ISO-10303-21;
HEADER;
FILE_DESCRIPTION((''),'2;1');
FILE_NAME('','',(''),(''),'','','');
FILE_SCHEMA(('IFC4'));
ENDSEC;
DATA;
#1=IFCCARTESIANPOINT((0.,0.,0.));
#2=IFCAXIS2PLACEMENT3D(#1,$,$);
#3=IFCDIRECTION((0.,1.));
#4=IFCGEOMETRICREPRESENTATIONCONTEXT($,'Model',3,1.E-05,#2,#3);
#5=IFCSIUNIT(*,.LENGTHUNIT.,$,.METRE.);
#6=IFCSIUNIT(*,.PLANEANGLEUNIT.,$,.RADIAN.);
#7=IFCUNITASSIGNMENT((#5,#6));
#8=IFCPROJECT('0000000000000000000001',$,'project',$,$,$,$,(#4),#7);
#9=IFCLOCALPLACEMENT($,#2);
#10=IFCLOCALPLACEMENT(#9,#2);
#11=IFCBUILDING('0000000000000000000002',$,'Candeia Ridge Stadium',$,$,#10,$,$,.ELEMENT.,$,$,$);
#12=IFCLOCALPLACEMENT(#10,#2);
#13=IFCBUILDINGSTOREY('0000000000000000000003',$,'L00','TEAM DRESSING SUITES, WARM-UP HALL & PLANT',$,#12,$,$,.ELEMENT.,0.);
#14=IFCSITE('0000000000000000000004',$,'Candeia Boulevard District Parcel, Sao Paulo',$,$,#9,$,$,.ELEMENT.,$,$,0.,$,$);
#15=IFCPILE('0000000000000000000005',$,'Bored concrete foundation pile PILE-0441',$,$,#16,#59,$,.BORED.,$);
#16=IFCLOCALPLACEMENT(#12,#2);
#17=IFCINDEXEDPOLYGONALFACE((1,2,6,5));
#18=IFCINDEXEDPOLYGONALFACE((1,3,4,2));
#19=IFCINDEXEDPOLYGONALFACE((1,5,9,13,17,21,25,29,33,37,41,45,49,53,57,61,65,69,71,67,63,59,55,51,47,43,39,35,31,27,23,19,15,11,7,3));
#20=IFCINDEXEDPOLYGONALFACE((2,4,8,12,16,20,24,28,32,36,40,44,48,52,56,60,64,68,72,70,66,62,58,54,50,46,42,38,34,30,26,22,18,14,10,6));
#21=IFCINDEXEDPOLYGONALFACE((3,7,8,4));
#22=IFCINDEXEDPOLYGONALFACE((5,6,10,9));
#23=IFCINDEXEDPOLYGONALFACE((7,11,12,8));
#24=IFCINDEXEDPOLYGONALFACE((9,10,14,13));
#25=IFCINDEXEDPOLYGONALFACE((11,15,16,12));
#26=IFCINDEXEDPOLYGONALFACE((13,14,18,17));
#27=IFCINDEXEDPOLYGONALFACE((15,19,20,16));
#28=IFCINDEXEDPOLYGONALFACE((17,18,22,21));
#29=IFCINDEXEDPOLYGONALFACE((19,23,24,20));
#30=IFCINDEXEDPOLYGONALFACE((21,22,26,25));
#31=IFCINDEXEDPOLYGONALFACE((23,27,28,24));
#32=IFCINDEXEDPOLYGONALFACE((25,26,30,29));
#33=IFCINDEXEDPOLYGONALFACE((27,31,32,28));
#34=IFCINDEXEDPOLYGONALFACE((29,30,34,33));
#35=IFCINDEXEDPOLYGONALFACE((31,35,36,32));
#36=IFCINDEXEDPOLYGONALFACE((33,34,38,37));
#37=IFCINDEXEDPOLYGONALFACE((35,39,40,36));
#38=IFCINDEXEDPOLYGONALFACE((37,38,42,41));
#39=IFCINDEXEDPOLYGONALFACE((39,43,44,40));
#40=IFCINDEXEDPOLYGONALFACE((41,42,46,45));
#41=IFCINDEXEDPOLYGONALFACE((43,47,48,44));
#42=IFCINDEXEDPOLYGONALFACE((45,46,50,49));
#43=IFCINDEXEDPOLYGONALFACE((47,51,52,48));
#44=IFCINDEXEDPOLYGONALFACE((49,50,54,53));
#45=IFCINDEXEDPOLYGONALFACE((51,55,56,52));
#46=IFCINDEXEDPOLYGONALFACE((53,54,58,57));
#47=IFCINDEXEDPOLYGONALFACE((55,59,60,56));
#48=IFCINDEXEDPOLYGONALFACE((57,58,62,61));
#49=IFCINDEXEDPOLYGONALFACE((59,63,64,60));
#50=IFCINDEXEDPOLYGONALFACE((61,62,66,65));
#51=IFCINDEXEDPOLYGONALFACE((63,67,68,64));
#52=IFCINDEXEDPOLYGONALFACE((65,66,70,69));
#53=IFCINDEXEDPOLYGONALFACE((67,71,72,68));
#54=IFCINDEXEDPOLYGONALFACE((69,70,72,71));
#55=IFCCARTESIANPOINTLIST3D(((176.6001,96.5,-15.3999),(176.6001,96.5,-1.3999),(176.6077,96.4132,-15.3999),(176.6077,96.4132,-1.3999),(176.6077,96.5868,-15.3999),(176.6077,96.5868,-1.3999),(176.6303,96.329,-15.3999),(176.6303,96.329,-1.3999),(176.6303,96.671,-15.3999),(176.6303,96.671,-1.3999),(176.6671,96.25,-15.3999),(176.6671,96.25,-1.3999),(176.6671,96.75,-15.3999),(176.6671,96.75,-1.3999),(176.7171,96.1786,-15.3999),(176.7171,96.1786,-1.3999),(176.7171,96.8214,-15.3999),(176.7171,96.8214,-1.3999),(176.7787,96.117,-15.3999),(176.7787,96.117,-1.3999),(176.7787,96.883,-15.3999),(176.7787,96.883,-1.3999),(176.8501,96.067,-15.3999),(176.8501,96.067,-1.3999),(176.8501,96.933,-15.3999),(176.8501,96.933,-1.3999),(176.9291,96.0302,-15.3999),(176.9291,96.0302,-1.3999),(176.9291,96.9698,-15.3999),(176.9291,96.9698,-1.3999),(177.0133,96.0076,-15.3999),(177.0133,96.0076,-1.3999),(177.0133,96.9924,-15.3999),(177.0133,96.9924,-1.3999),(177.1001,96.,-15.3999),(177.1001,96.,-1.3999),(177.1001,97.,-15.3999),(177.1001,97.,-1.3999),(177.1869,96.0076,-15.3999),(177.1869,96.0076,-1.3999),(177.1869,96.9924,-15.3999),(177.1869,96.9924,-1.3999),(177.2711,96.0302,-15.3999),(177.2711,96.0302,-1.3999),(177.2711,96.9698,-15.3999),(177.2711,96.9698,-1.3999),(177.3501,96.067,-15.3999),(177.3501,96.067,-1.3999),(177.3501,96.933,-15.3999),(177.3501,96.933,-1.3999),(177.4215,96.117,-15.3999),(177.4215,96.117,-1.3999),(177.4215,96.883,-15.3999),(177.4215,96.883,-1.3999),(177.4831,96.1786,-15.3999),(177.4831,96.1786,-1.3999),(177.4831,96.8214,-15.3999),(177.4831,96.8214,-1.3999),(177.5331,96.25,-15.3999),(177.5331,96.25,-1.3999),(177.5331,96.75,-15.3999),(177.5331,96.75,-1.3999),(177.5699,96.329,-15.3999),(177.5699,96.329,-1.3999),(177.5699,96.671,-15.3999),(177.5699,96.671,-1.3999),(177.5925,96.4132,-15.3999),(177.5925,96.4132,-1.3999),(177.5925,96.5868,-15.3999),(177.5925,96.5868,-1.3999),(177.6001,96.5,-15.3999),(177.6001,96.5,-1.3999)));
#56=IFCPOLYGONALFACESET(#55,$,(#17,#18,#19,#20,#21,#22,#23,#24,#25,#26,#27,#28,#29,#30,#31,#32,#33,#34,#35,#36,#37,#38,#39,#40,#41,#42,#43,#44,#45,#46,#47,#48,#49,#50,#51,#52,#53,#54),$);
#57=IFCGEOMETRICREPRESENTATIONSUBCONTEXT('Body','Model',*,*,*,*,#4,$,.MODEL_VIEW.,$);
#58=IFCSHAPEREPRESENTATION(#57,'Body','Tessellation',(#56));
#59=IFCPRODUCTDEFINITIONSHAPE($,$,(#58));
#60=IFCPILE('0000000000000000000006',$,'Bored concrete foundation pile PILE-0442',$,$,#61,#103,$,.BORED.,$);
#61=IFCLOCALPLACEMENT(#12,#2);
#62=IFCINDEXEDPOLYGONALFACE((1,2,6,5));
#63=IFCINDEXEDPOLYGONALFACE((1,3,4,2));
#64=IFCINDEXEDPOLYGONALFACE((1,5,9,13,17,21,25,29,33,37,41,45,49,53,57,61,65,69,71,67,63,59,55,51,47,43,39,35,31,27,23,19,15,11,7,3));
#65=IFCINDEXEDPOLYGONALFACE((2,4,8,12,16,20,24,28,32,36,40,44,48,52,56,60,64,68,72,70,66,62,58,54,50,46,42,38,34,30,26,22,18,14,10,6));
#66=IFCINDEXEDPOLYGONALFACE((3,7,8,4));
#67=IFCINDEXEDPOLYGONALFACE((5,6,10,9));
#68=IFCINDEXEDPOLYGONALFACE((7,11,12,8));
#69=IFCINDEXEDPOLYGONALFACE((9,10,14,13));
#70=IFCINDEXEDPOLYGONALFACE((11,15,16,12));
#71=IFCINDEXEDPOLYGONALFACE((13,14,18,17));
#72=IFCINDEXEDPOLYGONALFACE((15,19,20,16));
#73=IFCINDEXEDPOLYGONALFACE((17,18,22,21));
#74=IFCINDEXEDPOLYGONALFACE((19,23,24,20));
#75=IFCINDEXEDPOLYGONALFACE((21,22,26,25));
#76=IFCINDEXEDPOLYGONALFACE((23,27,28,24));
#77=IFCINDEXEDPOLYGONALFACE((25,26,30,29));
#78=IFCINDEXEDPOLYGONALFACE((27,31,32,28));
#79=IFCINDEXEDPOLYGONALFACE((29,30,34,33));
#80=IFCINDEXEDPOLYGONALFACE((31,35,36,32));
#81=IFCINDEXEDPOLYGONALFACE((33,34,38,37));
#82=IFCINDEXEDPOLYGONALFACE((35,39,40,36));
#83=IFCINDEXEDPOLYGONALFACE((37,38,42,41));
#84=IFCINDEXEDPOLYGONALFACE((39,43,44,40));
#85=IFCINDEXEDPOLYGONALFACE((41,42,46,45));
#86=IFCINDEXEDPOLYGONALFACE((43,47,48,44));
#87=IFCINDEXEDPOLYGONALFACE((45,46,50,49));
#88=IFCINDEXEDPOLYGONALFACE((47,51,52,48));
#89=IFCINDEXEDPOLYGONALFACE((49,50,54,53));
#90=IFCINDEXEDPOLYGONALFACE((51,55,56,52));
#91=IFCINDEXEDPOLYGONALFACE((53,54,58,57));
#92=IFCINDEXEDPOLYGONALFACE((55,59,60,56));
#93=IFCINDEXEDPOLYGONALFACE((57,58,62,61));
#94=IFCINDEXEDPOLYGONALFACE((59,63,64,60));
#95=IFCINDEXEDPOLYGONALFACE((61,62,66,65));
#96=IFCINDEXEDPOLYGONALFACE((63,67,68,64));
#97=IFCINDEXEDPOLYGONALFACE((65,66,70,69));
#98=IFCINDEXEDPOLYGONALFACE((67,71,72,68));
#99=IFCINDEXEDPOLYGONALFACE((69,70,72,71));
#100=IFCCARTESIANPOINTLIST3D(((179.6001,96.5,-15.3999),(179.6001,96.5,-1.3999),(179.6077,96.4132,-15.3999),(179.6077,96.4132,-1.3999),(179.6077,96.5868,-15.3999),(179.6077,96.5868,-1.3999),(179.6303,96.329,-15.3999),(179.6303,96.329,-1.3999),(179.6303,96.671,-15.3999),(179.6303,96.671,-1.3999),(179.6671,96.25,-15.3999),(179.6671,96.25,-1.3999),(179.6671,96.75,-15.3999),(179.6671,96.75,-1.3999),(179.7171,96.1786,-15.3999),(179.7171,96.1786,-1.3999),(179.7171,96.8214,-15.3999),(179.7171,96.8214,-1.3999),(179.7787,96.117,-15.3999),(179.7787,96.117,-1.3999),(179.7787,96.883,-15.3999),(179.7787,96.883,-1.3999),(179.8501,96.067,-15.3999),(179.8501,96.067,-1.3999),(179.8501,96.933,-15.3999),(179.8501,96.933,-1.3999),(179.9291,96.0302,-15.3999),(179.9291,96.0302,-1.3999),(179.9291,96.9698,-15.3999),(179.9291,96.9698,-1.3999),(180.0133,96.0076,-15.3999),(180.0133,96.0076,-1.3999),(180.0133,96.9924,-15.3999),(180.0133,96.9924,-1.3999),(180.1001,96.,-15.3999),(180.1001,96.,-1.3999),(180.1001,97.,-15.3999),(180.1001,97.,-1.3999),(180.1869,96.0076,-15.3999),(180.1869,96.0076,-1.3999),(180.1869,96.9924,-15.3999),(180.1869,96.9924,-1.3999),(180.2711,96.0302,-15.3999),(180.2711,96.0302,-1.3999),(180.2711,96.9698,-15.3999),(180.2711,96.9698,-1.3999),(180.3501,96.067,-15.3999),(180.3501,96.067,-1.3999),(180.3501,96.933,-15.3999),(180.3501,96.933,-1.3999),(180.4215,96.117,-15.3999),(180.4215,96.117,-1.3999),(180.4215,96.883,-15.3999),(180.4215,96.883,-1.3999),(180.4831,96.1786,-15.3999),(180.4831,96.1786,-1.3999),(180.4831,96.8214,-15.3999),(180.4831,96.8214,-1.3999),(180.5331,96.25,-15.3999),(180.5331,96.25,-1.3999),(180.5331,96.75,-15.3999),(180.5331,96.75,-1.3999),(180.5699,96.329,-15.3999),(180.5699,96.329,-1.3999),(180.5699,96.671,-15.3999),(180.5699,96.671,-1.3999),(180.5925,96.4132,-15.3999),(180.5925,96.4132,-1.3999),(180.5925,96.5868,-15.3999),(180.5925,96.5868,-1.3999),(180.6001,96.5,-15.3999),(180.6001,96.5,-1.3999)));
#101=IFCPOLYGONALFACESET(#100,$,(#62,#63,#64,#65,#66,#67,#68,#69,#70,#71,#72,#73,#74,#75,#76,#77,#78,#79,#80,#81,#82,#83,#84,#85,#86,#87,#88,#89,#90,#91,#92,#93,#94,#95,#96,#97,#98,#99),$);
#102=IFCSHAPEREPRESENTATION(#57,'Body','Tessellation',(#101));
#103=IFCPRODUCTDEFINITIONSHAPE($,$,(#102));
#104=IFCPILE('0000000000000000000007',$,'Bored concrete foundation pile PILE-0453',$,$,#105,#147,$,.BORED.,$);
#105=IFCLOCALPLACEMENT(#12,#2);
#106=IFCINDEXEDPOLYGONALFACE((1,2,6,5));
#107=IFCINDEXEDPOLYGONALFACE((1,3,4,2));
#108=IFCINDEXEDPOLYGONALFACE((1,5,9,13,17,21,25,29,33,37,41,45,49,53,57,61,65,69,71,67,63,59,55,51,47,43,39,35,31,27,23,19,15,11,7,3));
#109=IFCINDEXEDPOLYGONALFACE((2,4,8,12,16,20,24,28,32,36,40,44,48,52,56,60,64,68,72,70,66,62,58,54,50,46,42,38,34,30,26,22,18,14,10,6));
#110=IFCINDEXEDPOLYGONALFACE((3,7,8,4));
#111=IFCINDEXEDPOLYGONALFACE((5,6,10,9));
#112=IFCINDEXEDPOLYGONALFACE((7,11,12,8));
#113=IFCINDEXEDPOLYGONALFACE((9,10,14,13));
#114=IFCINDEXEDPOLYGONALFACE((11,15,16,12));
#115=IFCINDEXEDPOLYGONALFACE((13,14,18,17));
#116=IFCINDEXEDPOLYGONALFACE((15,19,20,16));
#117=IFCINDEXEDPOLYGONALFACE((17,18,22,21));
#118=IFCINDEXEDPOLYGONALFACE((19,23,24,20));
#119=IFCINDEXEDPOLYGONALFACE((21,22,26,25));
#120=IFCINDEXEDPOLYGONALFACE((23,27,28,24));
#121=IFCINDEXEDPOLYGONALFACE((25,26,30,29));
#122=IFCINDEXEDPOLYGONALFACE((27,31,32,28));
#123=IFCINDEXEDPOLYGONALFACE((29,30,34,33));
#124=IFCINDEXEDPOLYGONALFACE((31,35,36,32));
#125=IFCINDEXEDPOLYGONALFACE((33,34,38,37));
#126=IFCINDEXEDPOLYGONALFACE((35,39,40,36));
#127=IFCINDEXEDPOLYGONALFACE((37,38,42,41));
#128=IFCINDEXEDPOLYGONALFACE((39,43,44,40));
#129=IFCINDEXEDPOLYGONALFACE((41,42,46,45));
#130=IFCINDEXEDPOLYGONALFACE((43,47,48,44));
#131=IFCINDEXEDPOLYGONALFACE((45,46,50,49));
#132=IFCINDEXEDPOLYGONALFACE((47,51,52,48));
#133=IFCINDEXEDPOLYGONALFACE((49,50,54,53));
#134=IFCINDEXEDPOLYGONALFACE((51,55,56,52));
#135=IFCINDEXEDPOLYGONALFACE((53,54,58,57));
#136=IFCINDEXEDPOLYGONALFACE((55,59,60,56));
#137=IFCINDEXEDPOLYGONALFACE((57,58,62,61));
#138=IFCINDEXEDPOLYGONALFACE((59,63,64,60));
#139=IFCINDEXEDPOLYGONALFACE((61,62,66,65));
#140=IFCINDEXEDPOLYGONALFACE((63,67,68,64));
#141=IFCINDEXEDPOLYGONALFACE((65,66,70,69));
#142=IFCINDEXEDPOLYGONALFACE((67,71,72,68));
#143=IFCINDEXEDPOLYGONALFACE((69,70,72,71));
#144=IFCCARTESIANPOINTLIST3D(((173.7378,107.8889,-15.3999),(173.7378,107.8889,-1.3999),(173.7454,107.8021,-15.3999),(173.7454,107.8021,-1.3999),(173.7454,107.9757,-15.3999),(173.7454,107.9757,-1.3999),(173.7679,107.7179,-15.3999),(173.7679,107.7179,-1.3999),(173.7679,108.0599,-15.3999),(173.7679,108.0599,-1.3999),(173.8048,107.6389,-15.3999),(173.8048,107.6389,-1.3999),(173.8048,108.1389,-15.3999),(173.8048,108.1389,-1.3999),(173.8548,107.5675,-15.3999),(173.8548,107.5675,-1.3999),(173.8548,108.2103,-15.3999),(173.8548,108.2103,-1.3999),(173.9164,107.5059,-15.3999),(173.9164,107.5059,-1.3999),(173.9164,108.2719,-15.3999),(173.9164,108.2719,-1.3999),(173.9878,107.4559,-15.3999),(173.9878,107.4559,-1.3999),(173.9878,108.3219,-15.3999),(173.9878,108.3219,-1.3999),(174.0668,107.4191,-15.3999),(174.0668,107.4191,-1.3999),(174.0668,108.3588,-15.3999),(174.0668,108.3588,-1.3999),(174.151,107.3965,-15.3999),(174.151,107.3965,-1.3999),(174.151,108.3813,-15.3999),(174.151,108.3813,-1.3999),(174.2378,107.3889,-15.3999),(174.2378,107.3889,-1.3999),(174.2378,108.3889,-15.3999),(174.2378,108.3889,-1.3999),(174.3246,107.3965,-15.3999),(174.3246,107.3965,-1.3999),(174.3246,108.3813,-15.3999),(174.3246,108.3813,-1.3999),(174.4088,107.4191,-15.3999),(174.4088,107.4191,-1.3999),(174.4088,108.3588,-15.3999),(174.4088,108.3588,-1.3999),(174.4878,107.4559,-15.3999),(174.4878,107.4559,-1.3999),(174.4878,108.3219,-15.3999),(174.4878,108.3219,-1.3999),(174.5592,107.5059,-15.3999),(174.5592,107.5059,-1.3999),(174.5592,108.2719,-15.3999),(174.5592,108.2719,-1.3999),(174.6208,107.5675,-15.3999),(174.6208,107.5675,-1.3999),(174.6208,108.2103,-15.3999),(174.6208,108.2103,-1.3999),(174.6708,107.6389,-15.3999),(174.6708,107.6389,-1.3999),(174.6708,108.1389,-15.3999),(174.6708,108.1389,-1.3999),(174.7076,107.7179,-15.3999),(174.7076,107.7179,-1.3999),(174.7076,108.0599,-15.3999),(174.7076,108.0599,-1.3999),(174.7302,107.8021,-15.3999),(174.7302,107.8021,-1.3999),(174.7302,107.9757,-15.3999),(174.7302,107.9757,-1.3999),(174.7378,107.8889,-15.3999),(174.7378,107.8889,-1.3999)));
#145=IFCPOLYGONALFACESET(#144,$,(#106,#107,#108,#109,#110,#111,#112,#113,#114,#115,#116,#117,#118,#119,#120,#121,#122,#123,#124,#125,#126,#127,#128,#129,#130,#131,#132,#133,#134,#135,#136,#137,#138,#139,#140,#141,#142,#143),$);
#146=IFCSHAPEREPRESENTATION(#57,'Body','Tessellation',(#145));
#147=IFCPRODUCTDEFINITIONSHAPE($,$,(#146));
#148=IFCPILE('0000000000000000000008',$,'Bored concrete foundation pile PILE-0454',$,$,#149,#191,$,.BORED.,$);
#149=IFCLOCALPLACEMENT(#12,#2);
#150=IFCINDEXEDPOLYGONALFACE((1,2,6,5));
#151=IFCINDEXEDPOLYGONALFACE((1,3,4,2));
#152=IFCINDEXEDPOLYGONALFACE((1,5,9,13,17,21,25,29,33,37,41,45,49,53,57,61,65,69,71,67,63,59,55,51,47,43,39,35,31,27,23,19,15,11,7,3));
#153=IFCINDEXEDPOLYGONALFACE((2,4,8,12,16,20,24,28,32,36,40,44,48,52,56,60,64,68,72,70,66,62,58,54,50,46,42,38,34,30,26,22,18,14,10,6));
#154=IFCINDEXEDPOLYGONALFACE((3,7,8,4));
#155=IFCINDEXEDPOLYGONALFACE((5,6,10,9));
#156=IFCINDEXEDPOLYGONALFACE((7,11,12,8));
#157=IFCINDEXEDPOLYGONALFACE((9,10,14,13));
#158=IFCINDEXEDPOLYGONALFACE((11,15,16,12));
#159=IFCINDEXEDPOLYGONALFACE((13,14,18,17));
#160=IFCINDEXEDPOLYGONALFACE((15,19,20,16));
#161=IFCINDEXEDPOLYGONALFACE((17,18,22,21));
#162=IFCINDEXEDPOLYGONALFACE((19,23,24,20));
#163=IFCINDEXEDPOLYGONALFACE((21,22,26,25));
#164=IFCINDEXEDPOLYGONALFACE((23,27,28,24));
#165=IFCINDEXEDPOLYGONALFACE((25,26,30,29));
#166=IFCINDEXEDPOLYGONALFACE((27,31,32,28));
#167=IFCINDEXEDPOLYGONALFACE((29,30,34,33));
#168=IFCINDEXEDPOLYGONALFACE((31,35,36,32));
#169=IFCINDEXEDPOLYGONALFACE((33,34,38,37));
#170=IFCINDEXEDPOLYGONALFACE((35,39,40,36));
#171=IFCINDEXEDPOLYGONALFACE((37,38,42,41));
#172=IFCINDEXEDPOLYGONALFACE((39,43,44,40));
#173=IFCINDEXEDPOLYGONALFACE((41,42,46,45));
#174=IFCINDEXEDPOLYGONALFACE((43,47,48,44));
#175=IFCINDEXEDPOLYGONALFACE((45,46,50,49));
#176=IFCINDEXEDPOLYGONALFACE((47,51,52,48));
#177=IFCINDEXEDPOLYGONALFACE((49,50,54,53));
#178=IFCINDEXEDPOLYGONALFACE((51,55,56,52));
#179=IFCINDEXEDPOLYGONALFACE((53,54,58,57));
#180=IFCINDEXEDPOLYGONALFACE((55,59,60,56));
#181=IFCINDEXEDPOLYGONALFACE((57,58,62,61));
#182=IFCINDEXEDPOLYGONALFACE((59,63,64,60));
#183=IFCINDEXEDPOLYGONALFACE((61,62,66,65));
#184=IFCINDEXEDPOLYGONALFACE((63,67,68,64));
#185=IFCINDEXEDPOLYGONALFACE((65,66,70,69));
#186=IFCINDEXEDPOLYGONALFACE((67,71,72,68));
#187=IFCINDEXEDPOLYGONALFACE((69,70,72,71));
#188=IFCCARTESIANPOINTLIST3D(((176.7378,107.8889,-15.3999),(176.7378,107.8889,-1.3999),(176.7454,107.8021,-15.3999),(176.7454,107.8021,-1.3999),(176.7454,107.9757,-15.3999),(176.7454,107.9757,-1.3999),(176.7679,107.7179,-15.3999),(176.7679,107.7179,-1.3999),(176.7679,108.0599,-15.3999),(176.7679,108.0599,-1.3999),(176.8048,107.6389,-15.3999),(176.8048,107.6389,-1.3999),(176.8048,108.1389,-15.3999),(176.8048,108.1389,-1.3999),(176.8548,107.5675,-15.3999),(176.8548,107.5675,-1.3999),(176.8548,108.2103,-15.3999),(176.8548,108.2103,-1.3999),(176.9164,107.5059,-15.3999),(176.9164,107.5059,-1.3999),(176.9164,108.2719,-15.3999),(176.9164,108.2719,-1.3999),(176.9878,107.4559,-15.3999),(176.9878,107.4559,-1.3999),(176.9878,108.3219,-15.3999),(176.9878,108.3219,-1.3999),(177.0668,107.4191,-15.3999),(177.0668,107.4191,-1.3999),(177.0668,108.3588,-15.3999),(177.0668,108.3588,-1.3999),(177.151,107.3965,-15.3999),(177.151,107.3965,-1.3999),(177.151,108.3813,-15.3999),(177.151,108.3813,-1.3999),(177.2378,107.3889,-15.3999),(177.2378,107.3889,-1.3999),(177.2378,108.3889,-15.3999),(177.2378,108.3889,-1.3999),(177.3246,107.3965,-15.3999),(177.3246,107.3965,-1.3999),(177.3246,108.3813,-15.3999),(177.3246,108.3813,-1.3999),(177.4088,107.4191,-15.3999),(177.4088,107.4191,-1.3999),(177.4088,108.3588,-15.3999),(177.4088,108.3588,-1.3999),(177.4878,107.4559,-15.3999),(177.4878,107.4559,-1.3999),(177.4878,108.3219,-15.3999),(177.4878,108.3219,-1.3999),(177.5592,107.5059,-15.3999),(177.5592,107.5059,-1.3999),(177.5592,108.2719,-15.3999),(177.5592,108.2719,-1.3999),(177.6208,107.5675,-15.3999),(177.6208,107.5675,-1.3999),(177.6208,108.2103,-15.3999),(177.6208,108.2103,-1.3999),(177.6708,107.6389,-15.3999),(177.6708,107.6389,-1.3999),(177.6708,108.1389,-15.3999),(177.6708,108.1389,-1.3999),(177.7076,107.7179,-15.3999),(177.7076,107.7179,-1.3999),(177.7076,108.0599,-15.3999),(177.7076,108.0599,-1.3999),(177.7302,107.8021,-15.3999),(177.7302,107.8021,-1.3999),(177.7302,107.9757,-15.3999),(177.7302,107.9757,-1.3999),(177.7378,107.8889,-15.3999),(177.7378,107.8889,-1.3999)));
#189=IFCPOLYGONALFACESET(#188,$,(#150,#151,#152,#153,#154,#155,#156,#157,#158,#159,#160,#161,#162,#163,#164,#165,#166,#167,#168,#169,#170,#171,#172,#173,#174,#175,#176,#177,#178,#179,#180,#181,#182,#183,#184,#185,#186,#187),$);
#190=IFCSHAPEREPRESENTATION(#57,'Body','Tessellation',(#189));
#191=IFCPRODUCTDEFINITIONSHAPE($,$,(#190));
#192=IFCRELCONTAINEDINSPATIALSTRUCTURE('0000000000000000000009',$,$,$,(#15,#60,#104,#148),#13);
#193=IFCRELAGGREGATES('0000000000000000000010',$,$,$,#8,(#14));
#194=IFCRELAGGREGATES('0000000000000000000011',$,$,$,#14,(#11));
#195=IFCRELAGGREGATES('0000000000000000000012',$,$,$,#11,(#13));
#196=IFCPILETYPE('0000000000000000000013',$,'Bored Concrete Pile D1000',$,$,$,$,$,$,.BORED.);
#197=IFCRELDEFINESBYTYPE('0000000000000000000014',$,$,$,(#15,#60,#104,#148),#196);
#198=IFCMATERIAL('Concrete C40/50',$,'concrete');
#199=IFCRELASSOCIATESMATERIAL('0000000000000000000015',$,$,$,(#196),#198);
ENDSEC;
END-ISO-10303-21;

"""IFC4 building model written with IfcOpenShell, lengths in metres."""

from ifc_helpers import new_model, si_unit, direction, frame, origin, origin_2d, place, context, subcontext, project, spatial, circle, extrude, material, material_profile, profile_set, type_object, element, save


model = new_model("IFC4")

# Units and contexts
model_context = context("Model", 3, precision=1e-05, world=origin(), true_north=direction((0.0, 1.0)))
body_context = subcontext(model_context, "Body", "Model", "MODEL_VIEW")
ifc_project = project(units=[si_unit("LENGTHUNIT", "METRE"), si_unit("PLANEANGLEUNIT", "RADIAN")], contexts=[model_context])

# Site, building, storey
site_placement = place(None, origin())
site = spatial("IfcSite", under=ifc_project, at=site_placement, Name="Candeia Boulevard District Parcel, Sao Paulo", CompositionType="ELEMENT", RefElevation=0.0)
building_placement = place(site_placement, origin())
building = spatial("IfcBuilding", under=site, at=building_placement, Name="Candeia Ridge Stadium", CompositionType="ELEMENT")
storey_placement = place(building_placement, origin())
storey = spatial("IfcBuildingStorey", under=building, at=storey_placement, Name="L00", Description="TEAM DRESSING SUITES, WARM-UP HALL & PLANT", CompositionType="ELEMENT", Elevation=0.0)

# Piles
ifc_material_1 = material(Name="Concrete C40/50", Category="concrete")
ifc_material_profile_1 = material_profile(ifc_material_1, circle(Radius=0.5, at=origin_2d()), Name="PILE-D1000", Category="concrete")
ifc_profile_set_1 = profile_set([ifc_material_profile_1], Name="Concrete C40/50")
pile_type_1 = type_object("IfcPileType", Name="Bored Concrete Pile D1000", PredefinedType="BORED", material=ifc_profile_set_1)
for number, where, z_axis, x_axis, name in (
    (1, (177.1001, 96.5, -1.3999), (0.0, 0.0, -1.0), (1.0, 0.0, 0.0), "Bored concrete foundation pile PILE-0441"),
    (2, (180.1001, 96.5, -1.3999), (0.0, 0.0, -1.0), (1.0, 0.0, 0.0), "Bored concrete foundation pile PILE-0442"),
    (3, (174.2378, 107.8889, -1.3999), (0.0, 0.0, -1.0), (1.0, 0.0, 0.0), "Bored concrete foundation pile PILE-0453"),
    (4, (177.2378, 107.8889, -1.3999), (0.0, 0.0, -1.0), (1.0, 0.0, 0.0), "Bored concrete foundation pile PILE-0454"),
):
    element("IfcPile", number, at=place(storey_placement, frame(where, z_axis=z_axis, x_axis=x_axis)), inside=storey, type_object=pile_type_1, Name=name, PredefinedType="BORED", context=body_context, shape_type="SweptSolid", body=[
        extrude(circle(Radius=0.5, at=origin_2d()), origin(), (0.0, 0.0, 1.0), 14.0),
    ])

save(model, "model.ifc")
